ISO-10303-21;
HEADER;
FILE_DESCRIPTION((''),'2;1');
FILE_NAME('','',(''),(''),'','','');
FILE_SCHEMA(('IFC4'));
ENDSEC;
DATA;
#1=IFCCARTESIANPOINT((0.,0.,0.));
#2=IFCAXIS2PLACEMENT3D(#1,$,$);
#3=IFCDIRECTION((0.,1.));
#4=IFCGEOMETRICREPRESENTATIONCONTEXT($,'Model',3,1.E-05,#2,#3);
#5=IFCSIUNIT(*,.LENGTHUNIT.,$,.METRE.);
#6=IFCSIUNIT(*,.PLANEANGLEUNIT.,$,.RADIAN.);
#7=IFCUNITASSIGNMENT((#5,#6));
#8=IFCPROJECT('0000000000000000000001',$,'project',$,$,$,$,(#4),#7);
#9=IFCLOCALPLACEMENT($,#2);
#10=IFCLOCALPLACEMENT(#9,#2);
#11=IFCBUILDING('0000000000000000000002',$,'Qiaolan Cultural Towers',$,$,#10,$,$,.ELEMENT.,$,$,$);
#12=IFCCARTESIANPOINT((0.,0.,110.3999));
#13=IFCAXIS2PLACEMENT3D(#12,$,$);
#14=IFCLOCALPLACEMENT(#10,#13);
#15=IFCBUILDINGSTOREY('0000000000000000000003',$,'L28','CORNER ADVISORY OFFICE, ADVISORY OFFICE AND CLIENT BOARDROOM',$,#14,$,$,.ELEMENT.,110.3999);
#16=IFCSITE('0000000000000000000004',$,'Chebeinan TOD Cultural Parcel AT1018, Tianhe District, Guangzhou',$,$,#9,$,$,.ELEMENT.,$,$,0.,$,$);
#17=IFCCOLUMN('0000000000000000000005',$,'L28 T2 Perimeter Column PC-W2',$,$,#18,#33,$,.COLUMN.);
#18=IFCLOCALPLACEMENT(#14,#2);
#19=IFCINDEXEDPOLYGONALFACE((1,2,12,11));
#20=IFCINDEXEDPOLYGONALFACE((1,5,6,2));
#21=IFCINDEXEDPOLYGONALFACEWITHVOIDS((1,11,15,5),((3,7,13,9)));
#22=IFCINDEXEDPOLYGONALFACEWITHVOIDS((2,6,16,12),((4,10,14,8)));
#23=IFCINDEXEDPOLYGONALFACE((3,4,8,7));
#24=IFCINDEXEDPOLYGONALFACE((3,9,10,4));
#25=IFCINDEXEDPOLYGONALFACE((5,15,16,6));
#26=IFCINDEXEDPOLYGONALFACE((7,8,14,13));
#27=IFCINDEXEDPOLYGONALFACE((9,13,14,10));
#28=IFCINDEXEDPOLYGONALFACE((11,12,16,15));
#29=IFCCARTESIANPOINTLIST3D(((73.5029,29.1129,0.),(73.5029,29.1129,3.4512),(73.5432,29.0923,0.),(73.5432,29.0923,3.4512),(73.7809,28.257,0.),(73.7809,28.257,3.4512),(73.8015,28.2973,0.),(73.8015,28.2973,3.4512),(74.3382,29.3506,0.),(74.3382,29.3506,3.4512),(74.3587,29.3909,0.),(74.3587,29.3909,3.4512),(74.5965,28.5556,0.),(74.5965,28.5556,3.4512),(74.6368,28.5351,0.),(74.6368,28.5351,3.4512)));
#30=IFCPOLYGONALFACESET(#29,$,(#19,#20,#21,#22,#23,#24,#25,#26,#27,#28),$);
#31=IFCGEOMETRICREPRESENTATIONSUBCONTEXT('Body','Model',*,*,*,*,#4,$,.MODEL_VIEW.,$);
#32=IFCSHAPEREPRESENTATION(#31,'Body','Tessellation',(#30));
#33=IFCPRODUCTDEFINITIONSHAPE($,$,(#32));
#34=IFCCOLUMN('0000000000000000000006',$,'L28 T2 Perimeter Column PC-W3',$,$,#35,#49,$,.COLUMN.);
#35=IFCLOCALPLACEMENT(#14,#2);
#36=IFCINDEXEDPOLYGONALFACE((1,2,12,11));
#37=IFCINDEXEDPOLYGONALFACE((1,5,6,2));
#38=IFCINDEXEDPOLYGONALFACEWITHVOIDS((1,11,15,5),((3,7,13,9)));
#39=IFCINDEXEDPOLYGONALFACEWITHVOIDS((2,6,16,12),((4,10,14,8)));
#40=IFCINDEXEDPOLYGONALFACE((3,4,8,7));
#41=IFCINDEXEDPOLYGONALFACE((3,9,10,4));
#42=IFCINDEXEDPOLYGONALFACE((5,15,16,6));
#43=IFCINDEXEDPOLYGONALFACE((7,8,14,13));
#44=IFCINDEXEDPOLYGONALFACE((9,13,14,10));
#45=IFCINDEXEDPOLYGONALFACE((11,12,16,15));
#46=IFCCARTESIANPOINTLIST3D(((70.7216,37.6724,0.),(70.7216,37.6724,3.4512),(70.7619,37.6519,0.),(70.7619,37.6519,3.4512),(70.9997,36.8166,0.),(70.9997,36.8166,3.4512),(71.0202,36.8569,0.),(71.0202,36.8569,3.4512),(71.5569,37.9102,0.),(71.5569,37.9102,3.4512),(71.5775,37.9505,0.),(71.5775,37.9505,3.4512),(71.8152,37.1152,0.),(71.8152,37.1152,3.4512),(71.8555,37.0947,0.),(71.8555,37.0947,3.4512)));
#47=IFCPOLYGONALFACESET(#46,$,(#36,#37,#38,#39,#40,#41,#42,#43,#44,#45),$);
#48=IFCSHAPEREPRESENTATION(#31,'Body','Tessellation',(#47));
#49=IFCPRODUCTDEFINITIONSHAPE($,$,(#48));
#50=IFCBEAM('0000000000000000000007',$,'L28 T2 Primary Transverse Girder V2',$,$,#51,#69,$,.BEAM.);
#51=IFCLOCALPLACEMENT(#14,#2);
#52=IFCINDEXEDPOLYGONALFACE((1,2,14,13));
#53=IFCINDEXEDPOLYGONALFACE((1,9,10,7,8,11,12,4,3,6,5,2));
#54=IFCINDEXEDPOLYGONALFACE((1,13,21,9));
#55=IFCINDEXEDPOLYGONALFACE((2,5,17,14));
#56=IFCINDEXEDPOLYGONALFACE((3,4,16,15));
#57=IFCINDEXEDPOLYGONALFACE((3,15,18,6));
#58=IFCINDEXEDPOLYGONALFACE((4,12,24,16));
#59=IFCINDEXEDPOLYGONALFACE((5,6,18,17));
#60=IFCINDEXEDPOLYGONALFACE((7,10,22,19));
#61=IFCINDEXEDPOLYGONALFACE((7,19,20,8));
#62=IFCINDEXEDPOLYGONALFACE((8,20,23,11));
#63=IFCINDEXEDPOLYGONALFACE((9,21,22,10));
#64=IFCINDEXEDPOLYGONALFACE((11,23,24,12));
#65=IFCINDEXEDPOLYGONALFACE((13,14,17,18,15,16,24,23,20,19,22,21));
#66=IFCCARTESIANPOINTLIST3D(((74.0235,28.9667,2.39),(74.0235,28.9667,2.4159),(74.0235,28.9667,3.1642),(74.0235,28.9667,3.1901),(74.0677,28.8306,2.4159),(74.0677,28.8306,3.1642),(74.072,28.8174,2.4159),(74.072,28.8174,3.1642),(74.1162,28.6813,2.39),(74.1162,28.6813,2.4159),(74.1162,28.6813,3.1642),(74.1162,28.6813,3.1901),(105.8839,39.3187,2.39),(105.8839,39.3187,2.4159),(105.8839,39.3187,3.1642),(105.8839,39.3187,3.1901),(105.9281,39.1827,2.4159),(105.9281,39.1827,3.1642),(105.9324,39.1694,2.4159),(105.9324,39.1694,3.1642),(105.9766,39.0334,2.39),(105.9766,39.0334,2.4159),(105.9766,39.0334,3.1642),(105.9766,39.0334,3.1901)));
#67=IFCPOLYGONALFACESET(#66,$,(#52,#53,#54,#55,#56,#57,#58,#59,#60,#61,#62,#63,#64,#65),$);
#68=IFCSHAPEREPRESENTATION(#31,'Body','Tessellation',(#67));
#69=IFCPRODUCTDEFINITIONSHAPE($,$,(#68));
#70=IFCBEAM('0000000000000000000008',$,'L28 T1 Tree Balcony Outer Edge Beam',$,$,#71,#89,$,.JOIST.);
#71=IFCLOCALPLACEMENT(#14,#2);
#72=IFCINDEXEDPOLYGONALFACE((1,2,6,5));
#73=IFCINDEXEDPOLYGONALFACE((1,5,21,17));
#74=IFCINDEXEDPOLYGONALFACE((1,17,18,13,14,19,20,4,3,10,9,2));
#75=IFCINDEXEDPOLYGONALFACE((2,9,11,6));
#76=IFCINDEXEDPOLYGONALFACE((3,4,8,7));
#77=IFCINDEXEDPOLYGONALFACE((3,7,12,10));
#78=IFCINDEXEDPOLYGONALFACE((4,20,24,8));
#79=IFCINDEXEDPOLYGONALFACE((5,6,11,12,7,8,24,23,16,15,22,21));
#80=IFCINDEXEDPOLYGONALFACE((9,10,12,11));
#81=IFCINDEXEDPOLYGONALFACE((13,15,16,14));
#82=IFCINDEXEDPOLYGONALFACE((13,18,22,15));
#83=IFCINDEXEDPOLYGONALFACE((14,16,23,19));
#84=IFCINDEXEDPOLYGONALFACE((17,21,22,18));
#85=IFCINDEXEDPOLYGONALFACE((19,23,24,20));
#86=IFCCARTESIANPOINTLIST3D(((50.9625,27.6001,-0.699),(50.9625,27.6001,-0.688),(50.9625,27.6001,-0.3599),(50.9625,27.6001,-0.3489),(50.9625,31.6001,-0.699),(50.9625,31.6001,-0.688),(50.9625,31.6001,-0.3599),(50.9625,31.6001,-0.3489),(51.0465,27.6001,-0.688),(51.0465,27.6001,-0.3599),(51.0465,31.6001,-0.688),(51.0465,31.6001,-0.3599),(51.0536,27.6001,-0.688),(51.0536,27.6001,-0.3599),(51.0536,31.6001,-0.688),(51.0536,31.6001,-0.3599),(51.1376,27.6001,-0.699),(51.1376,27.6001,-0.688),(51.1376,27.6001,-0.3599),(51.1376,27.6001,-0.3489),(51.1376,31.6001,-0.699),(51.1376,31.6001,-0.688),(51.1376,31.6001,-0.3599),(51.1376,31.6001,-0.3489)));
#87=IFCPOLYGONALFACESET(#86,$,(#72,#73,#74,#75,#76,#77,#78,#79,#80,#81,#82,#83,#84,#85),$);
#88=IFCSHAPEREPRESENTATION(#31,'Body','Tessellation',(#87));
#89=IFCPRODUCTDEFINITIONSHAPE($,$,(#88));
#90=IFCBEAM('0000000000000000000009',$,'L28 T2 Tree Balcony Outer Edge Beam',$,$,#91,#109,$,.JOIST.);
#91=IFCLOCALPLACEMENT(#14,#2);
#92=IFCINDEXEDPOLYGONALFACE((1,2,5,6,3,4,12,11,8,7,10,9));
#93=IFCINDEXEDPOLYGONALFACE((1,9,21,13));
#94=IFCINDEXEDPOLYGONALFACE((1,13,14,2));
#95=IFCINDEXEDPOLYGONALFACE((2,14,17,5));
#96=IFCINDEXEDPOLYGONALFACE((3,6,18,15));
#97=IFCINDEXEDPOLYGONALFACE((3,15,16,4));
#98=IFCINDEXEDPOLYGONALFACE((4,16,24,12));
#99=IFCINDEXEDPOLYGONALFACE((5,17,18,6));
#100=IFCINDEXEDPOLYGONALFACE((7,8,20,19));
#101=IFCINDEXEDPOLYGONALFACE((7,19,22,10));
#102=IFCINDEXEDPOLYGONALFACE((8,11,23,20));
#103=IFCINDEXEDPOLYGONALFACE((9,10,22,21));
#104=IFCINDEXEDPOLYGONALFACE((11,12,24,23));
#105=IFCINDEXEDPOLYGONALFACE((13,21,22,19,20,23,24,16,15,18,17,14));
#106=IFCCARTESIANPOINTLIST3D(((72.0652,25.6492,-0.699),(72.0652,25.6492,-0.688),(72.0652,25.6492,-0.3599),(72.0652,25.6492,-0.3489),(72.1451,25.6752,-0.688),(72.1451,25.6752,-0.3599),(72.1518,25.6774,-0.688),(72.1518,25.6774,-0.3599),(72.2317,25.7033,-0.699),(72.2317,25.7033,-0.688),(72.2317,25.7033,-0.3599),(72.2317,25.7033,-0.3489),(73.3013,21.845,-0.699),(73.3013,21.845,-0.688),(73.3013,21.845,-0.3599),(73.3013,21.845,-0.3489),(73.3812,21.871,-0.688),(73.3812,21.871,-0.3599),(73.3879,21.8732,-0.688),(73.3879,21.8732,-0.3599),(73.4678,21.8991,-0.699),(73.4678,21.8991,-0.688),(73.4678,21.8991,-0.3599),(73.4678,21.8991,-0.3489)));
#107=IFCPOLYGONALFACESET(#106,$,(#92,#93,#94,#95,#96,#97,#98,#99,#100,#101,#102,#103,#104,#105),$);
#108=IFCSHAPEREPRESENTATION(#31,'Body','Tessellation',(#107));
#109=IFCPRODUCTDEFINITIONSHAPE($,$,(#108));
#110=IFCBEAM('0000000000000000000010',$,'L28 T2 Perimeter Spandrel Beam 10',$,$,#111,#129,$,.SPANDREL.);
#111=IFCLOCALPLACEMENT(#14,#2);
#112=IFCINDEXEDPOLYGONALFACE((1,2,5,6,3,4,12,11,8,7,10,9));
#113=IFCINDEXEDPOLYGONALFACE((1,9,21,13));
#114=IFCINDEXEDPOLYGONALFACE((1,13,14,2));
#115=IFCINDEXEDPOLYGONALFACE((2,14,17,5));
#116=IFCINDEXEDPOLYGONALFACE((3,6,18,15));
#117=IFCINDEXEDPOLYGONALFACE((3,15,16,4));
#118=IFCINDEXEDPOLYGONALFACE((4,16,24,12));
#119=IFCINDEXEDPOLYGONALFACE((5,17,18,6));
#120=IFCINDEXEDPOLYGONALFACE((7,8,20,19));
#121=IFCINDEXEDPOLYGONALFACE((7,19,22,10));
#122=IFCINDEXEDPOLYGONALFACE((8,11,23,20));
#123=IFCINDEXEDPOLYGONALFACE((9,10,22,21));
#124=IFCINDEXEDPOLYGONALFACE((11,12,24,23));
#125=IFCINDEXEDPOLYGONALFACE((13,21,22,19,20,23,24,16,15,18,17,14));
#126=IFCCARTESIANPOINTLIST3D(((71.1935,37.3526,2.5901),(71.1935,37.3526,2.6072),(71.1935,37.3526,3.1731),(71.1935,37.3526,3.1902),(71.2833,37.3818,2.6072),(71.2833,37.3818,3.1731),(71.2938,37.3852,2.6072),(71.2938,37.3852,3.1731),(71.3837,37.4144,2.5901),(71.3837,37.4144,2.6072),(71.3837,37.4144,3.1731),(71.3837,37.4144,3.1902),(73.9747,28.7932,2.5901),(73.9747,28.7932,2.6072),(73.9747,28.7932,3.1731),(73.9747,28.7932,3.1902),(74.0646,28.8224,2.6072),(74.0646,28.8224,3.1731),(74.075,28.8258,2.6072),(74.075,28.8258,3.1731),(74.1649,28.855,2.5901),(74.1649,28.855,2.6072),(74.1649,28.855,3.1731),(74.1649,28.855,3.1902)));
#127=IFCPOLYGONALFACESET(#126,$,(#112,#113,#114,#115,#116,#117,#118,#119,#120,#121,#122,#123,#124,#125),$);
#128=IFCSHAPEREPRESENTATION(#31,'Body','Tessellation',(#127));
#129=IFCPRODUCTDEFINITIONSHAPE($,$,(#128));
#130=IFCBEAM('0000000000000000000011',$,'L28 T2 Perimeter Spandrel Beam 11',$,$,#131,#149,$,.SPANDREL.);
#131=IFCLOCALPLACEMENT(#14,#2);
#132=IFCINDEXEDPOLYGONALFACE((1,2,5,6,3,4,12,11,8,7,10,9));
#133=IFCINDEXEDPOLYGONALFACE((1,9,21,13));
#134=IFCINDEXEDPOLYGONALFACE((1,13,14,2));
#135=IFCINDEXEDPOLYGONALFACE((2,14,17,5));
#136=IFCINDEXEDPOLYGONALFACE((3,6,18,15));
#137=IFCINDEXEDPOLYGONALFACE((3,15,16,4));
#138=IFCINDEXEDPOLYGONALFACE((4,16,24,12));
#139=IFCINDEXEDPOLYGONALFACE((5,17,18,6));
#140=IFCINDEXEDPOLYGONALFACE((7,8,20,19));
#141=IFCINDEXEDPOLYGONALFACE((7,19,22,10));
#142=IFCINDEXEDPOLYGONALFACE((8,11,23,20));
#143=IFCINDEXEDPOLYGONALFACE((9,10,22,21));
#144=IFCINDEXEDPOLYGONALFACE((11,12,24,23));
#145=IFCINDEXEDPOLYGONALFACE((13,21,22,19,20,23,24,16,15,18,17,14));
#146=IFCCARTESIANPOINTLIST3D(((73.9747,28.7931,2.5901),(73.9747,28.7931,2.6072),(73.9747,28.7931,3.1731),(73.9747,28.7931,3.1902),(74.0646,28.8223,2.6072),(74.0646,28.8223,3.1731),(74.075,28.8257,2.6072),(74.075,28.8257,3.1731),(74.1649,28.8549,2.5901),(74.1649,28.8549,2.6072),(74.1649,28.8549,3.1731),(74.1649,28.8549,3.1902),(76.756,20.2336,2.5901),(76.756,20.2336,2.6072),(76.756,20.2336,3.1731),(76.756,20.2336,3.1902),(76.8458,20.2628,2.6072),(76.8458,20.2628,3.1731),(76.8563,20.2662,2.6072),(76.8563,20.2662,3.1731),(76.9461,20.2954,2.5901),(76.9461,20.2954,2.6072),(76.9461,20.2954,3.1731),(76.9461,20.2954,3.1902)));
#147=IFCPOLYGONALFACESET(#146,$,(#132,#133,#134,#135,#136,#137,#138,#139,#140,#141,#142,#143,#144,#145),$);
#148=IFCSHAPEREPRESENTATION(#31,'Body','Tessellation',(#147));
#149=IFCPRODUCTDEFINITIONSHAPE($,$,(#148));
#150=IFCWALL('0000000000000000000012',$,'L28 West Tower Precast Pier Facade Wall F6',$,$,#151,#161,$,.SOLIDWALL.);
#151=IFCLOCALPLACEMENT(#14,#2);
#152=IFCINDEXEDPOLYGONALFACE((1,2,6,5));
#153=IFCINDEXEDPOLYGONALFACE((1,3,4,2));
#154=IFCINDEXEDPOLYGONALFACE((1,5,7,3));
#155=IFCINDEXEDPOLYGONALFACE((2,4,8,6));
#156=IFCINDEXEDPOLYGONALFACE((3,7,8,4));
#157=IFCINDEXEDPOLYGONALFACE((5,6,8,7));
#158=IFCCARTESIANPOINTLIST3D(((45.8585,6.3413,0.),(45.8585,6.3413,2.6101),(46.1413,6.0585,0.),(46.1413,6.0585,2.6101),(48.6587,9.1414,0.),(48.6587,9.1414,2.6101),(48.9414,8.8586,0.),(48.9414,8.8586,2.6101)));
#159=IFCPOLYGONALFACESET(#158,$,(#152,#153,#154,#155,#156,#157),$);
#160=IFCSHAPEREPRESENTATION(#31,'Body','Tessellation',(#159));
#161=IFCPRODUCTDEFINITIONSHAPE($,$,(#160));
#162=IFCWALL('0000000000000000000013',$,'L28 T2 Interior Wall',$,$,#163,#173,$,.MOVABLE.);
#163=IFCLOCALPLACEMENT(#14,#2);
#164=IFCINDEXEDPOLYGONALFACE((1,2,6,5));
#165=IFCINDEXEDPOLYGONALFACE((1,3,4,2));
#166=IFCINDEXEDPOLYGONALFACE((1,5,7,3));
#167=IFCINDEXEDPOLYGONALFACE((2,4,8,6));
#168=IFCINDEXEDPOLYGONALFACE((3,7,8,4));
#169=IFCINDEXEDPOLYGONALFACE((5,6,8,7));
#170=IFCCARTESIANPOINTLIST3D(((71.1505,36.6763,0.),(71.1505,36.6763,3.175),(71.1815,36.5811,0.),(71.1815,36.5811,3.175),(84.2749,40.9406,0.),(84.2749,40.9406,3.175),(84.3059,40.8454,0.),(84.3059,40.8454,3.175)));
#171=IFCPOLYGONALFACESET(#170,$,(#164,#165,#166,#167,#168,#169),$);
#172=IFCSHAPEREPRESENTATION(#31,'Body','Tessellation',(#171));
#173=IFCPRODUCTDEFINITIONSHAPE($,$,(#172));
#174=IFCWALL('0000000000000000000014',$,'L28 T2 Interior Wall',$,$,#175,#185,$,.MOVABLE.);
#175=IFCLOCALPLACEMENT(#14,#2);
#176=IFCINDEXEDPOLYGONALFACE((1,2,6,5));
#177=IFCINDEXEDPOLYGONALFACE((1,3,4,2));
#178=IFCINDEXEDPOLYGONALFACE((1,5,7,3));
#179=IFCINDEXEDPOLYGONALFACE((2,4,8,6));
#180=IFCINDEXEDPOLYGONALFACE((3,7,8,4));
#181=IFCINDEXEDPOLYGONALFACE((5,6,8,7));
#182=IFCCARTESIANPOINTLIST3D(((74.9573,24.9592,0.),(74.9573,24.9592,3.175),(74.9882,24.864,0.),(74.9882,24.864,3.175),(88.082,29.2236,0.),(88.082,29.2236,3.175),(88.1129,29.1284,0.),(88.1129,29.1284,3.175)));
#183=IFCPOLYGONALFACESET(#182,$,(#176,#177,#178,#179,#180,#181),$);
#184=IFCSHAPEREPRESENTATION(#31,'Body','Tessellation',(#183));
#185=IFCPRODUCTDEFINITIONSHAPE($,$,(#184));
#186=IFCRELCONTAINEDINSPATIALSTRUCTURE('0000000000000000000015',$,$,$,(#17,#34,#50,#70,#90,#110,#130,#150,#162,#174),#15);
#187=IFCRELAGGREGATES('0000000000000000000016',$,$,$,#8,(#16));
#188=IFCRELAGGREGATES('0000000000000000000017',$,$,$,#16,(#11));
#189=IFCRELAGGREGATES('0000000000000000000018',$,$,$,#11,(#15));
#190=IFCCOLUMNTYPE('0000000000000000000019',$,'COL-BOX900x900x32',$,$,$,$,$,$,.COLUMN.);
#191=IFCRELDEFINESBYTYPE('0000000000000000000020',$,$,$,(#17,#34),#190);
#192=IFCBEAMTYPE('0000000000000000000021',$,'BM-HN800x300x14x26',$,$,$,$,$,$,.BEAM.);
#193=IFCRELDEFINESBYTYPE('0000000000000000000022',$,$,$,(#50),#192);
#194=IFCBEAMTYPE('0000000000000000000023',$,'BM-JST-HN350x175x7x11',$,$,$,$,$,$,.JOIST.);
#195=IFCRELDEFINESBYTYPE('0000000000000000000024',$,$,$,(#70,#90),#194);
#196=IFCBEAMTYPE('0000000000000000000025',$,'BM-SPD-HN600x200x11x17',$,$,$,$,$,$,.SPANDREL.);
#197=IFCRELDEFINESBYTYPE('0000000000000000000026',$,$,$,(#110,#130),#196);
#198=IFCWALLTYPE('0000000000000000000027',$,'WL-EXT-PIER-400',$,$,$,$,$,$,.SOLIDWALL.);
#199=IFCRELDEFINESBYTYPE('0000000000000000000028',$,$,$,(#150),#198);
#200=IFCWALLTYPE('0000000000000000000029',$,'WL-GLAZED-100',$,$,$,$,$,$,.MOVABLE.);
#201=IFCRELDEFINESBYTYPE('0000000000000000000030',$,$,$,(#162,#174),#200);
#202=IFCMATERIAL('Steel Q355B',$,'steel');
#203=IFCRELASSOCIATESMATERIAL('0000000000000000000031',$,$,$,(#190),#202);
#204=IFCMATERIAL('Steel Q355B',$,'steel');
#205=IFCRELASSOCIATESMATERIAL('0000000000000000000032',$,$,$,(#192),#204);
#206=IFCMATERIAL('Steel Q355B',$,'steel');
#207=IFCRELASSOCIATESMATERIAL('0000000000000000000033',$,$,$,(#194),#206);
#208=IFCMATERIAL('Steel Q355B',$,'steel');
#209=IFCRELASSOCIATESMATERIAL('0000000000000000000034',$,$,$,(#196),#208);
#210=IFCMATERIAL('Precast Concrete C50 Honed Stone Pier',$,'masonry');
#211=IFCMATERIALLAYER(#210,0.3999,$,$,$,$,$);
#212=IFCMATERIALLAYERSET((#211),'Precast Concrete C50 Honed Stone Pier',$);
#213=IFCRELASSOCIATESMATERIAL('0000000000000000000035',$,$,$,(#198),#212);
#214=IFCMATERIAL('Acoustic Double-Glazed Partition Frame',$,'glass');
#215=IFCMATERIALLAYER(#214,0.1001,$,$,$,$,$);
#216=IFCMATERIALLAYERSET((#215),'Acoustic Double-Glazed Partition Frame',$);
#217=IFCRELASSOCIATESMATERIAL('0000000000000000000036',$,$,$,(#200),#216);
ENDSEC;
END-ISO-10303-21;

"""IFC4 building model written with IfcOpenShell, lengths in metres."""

from ifc_helpers import new_model, si_unit, direction, frame, frame_2d, origin, origin_2d, place, context, subcontext, project, spatial, rectangle, hollow_rectangle, i_section, extrude, material, layer, layer_set, material_profile, profile_set, type_object, element, save


model = new_model("IFC4")

# Units and contexts
model_context = context("Model", 3, precision=1e-05, world=origin(), true_north=direction((0.0, 1.0)))
body_context = subcontext(model_context, "Body", "Model", "MODEL_VIEW")
ifc_project = project(units=[si_unit("LENGTHUNIT", "METRE"), si_unit("PLANEANGLEUNIT", "RADIAN")], contexts=[model_context])

# Site, building, storey
site_placement = place(None, origin())
site = spatial("IfcSite", under=ifc_project, at=site_placement, Name="Chebeinan TOD Cultural Parcel AT1018, Tianhe District, Guangzhou", CompositionType="ELEMENT", RefElevation=0.0)
building_placement = place(site_placement, origin())
building = spatial("IfcBuilding", under=site, at=building_placement, Name="Qiaolan Cultural Towers", CompositionType="ELEMENT")
storey_placement = place(building_placement, frame((0.0, 0.0, 110.3999)))
storey = spatial("IfcBuildingStorey", under=building, at=storey_placement, Name="L28", Description="CORNER ADVISORY OFFICE, ADVISORY OFFICE AND CLIENT BOARDROOM", CompositionType="ELEMENT", Elevation=110.3999)

# Columns
ifc_material_1 = material(Name="Steel Q355B", Category="steel")
ifc_material_profile_1 = material_profile(ifc_material_1, hollow_rectangle(XDim=0.8999, YDim=0.8999, WallThickness=0.032, at=origin_2d()), Name="BOX900x900x32")
ifc_profile_set_1 = profile_set([ifc_material_profile_1], Name="Steel Q355B")
column_type = type_object("IfcColumnType", Name="COL-BOX900x900x32", PredefinedType="COLUMN", material=ifc_profile_set_1)
for number, where, z_axis, x_axis, name in (
    (1, (74.0698, 28.824, 0.0), (0.0, 0.0, 1.0), (0.951057, 0.309017, 0.0), "L28 T2 Perimeter Column PC-W2"),
    (2, (71.2886, 37.3835, 0.0), (0.0, 0.0, 1.0), (0.951057, 0.309017, 0.0), "L28 T2 Perimeter Column PC-W3"),
):
    element("IfcColumn", number, at=place(storey_placement, frame(where, z_axis=z_axis, x_axis=x_axis)), inside=storey, type_object=column_type, Name=name, PredefinedType="COLUMN", context=body_context, shape_type="SweptSolid", body=[
        extrude(hollow_rectangle(XDim=0.8999, YDim=0.8999, WallThickness=0.032, at=origin_2d()), origin(), (0.0, 0.0, 1.0), 3.4512),
    ])

# Beams
ifc_material_2 = material(Name="Steel Q355B", Category="steel")
ifc_material_profile_2 = material_profile(ifc_material_2, i_section(OverallWidth=0.3, OverallDepth=0.8, WebThickness=0.0139, FlangeThickness=0.0259, at=origin_2d()), Name="HN800x300x14x26")
ifc_profile_set_2 = profile_set([ifc_material_profile_2], Name="Steel Q355B")
beam_type_1 = type_object("IfcBeamType", Name="BM-HN800x300x14x26", PredefinedType="BEAM", material=ifc_profile_set_2)
beam_placement = place(storey_placement, frame((74.0698, 28.824, 2.79), z_axis=(0.951057, 0.309017, 0.0), x_axis=(-0.309017, 0.951057, 0.0)))
element("IfcBeam", 3, at=beam_placement, inside=storey, type_object=beam_type_1, Name="L28 T2 Primary Transverse Girder V2", PredefinedType="BEAM", context=body_context, shape_type="SweptSolid", body=[
    extrude(i_section(OverallWidth=0.3, OverallDepth=0.8, WebThickness=0.0139, FlangeThickness=0.0259, at=origin_2d()), origin(), (0.0, 0.0, 1.0), 33.5),
])
ifc_material_3 = material(Name="Steel Q355B", Category="steel")
ifc_material_profile_3 = material_profile(ifc_material_3, i_section(OverallWidth=0.175, OverallDepth=0.3501, WebThickness=0.0071, FlangeThickness=0.011, at=origin_2d()), Name="HN350x175x7x11")
ifc_profile_set_3 = profile_set([ifc_material_profile_3], Name="Steel Q355B")
beam_type_2 = type_object("IfcBeamType", Name="BM-JST-HN350x175x7x11", PredefinedType="JOIST", material=ifc_profile_set_3)
for number, where, z_axis, x_axis, name in (
    (4, (51.05, 27.6001, -0.5239), (0.0, 1.0, 0.0), (-1.0, 0.0, 0.0), "L28 T1 Tree Balcony Outer Edge Beam"),
    (5, (73.3845, 21.8721, -0.5239), (-0.309023, 0.951055, 0.0), (-0.951055, -0.309023, 0.0), "L28 T2 Tree Balcony Outer Edge Beam"),
):
    element("IfcBeam", number, at=place(storey_placement, frame(where, z_axis=z_axis, x_axis=x_axis)), inside=storey, type_object=beam_type_2, Name=name, PredefinedType="JOIST", context=body_context, shape_type="SweptSolid", body=[
        extrude(i_section(OverallWidth=0.175, OverallDepth=0.3501, WebThickness=0.0071, FlangeThickness=0.011, at=origin_2d()), origin(), (0.0, 0.0, 1.0), 4.0),
    ])
ifc_material_4 = material(Name="Steel Q355B", Category="steel")
ifc_material_profile_4 = material_profile(ifc_material_4, i_section(OverallWidth=0.2, OverallDepth=0.6001, WebThickness=0.011, FlangeThickness=0.0171, at=origin_2d()), Name="HN600x200x11x17")
ifc_profile_set_4 = profile_set([ifc_material_profile_4], Name="Steel Q355B")
beam_type_3 = type_object("IfcBeamType", Name="BM-SPD-HN600x200x11x17", PredefinedType="SPANDREL", material=ifc_profile_set_4)
for number, where, z_axis, x_axis, name in (
    (6, (71.2886, 37.3835, 2.8901), (0.309025, -0.951054, 0.0), (0.951054, 0.309025, 0.0), "L28 T2 Perimeter Spandrel Beam 10"),
    (7, (74.0698, 28.824, 2.8901), (0.309025, -0.951054, 0.0), (0.951054, 0.309025, 0.0), "L28 T2 Perimeter Spandrel Beam 11"),
):
    element("IfcBeam", number, at=place(storey_placement, frame(where, z_axis=z_axis, x_axis=x_axis)), inside=storey, type_object=beam_type_3, Name=name, PredefinedType="SPANDREL", context=body_context, shape_type="SweptSolid", body=[
        extrude(i_section(OverallWidth=0.2, OverallDepth=0.6001, WebThickness=0.011, FlangeThickness=0.0171, at=origin_2d()), origin(), (0.0, 0.0, 1.0), 9.0),
    ])

# Walls
ifc_material_5 = material(Name="Precast Concrete C50 Honed Stone Pier", Category="masonry")
ifc_layer_1 = layer(ifc_material_5, 0.3999)
ifc_layer_set_1 = layer_set([ifc_layer_1], Name="Precast Concrete C50 Honed Stone Pier")
wall_type_1 = type_object("IfcWallType", Name="WL-EXT-PIER-400", PredefinedType="SOLIDWALL", material=ifc_layer_set_1)
wall_1_placement = place(storey_placement, frame((48.8, 9.0, 0.0), z_axis=(0.0, 0.0, 1.0), x_axis=(-0.707107, -0.707107, 0.0)))
element("IfcWall", 8, at=wall_1_placement, inside=storey, type_object=wall_type_1, Name="L28 West Tower Precast Pier Facade Wall F6", PredefinedType="SOLIDWALL", context=body_context, shape_type="SweptSolid", body=[
    extrude(rectangle(XDim=3.96, YDim=0.3999, at=frame_2d((1.98, 0.0))), origin(), (0.0, 0.0, 1.0), 2.6101),
])
ifc_material_6 = material(Name="Acoustic Double-Glazed Partition Frame", Category="glass")
ifc_layer_2 = layer(ifc_material_6, 0.1001)
ifc_layer_set_2 = layer_set([ifc_layer_2], Name="Acoustic Double-Glazed Partition Frame")
wall_type_2 = type_object("IfcWallType", Name="WL-GLAZED-100", PredefinedType="MOVABLE", material=ifc_layer_set_2)
wall_2_placement = place(storey_placement, frame((71.166, 36.6287, 0.0), z_axis=(0.0, 0.0, 1.0), x_axis=(0.951057, 0.309016, 0.0)))
element("IfcWall", 9, at=wall_2_placement, inside=storey, type_object=wall_type_2, Name="L28 T2 Interior Wall", PredefinedType="MOVABLE", context=body_context, shape_type="SweptSolid", body=[
    extrude(rectangle(XDim=13.7998, YDim=0.1001, at=frame_2d((6.8999, 0.0))), origin(), (0.0, 0.0, 1.0), 3.175),
])
wall_3_placement = place(storey_placement, frame((74.9729, 24.9116, 0.0), z_axis=(0.0, 0.0, 1.0), x_axis=(0.951058, 0.309011, 0.0)))
element("IfcWall", 10, at=wall_3_placement, inside=storey, type_object=wall_type_2, Name="L28 T2 Interior Wall", PredefinedType="MOVABLE", context=body_context, shape_type="SweptSolid", body=[
    extrude(rectangle(XDim=13.8, YDim=0.1001, at=frame_2d((6.8999, 0.0))), origin(), (0.0, 0.0, 1.0), 3.175),
])

save(model, "model.ifc")
